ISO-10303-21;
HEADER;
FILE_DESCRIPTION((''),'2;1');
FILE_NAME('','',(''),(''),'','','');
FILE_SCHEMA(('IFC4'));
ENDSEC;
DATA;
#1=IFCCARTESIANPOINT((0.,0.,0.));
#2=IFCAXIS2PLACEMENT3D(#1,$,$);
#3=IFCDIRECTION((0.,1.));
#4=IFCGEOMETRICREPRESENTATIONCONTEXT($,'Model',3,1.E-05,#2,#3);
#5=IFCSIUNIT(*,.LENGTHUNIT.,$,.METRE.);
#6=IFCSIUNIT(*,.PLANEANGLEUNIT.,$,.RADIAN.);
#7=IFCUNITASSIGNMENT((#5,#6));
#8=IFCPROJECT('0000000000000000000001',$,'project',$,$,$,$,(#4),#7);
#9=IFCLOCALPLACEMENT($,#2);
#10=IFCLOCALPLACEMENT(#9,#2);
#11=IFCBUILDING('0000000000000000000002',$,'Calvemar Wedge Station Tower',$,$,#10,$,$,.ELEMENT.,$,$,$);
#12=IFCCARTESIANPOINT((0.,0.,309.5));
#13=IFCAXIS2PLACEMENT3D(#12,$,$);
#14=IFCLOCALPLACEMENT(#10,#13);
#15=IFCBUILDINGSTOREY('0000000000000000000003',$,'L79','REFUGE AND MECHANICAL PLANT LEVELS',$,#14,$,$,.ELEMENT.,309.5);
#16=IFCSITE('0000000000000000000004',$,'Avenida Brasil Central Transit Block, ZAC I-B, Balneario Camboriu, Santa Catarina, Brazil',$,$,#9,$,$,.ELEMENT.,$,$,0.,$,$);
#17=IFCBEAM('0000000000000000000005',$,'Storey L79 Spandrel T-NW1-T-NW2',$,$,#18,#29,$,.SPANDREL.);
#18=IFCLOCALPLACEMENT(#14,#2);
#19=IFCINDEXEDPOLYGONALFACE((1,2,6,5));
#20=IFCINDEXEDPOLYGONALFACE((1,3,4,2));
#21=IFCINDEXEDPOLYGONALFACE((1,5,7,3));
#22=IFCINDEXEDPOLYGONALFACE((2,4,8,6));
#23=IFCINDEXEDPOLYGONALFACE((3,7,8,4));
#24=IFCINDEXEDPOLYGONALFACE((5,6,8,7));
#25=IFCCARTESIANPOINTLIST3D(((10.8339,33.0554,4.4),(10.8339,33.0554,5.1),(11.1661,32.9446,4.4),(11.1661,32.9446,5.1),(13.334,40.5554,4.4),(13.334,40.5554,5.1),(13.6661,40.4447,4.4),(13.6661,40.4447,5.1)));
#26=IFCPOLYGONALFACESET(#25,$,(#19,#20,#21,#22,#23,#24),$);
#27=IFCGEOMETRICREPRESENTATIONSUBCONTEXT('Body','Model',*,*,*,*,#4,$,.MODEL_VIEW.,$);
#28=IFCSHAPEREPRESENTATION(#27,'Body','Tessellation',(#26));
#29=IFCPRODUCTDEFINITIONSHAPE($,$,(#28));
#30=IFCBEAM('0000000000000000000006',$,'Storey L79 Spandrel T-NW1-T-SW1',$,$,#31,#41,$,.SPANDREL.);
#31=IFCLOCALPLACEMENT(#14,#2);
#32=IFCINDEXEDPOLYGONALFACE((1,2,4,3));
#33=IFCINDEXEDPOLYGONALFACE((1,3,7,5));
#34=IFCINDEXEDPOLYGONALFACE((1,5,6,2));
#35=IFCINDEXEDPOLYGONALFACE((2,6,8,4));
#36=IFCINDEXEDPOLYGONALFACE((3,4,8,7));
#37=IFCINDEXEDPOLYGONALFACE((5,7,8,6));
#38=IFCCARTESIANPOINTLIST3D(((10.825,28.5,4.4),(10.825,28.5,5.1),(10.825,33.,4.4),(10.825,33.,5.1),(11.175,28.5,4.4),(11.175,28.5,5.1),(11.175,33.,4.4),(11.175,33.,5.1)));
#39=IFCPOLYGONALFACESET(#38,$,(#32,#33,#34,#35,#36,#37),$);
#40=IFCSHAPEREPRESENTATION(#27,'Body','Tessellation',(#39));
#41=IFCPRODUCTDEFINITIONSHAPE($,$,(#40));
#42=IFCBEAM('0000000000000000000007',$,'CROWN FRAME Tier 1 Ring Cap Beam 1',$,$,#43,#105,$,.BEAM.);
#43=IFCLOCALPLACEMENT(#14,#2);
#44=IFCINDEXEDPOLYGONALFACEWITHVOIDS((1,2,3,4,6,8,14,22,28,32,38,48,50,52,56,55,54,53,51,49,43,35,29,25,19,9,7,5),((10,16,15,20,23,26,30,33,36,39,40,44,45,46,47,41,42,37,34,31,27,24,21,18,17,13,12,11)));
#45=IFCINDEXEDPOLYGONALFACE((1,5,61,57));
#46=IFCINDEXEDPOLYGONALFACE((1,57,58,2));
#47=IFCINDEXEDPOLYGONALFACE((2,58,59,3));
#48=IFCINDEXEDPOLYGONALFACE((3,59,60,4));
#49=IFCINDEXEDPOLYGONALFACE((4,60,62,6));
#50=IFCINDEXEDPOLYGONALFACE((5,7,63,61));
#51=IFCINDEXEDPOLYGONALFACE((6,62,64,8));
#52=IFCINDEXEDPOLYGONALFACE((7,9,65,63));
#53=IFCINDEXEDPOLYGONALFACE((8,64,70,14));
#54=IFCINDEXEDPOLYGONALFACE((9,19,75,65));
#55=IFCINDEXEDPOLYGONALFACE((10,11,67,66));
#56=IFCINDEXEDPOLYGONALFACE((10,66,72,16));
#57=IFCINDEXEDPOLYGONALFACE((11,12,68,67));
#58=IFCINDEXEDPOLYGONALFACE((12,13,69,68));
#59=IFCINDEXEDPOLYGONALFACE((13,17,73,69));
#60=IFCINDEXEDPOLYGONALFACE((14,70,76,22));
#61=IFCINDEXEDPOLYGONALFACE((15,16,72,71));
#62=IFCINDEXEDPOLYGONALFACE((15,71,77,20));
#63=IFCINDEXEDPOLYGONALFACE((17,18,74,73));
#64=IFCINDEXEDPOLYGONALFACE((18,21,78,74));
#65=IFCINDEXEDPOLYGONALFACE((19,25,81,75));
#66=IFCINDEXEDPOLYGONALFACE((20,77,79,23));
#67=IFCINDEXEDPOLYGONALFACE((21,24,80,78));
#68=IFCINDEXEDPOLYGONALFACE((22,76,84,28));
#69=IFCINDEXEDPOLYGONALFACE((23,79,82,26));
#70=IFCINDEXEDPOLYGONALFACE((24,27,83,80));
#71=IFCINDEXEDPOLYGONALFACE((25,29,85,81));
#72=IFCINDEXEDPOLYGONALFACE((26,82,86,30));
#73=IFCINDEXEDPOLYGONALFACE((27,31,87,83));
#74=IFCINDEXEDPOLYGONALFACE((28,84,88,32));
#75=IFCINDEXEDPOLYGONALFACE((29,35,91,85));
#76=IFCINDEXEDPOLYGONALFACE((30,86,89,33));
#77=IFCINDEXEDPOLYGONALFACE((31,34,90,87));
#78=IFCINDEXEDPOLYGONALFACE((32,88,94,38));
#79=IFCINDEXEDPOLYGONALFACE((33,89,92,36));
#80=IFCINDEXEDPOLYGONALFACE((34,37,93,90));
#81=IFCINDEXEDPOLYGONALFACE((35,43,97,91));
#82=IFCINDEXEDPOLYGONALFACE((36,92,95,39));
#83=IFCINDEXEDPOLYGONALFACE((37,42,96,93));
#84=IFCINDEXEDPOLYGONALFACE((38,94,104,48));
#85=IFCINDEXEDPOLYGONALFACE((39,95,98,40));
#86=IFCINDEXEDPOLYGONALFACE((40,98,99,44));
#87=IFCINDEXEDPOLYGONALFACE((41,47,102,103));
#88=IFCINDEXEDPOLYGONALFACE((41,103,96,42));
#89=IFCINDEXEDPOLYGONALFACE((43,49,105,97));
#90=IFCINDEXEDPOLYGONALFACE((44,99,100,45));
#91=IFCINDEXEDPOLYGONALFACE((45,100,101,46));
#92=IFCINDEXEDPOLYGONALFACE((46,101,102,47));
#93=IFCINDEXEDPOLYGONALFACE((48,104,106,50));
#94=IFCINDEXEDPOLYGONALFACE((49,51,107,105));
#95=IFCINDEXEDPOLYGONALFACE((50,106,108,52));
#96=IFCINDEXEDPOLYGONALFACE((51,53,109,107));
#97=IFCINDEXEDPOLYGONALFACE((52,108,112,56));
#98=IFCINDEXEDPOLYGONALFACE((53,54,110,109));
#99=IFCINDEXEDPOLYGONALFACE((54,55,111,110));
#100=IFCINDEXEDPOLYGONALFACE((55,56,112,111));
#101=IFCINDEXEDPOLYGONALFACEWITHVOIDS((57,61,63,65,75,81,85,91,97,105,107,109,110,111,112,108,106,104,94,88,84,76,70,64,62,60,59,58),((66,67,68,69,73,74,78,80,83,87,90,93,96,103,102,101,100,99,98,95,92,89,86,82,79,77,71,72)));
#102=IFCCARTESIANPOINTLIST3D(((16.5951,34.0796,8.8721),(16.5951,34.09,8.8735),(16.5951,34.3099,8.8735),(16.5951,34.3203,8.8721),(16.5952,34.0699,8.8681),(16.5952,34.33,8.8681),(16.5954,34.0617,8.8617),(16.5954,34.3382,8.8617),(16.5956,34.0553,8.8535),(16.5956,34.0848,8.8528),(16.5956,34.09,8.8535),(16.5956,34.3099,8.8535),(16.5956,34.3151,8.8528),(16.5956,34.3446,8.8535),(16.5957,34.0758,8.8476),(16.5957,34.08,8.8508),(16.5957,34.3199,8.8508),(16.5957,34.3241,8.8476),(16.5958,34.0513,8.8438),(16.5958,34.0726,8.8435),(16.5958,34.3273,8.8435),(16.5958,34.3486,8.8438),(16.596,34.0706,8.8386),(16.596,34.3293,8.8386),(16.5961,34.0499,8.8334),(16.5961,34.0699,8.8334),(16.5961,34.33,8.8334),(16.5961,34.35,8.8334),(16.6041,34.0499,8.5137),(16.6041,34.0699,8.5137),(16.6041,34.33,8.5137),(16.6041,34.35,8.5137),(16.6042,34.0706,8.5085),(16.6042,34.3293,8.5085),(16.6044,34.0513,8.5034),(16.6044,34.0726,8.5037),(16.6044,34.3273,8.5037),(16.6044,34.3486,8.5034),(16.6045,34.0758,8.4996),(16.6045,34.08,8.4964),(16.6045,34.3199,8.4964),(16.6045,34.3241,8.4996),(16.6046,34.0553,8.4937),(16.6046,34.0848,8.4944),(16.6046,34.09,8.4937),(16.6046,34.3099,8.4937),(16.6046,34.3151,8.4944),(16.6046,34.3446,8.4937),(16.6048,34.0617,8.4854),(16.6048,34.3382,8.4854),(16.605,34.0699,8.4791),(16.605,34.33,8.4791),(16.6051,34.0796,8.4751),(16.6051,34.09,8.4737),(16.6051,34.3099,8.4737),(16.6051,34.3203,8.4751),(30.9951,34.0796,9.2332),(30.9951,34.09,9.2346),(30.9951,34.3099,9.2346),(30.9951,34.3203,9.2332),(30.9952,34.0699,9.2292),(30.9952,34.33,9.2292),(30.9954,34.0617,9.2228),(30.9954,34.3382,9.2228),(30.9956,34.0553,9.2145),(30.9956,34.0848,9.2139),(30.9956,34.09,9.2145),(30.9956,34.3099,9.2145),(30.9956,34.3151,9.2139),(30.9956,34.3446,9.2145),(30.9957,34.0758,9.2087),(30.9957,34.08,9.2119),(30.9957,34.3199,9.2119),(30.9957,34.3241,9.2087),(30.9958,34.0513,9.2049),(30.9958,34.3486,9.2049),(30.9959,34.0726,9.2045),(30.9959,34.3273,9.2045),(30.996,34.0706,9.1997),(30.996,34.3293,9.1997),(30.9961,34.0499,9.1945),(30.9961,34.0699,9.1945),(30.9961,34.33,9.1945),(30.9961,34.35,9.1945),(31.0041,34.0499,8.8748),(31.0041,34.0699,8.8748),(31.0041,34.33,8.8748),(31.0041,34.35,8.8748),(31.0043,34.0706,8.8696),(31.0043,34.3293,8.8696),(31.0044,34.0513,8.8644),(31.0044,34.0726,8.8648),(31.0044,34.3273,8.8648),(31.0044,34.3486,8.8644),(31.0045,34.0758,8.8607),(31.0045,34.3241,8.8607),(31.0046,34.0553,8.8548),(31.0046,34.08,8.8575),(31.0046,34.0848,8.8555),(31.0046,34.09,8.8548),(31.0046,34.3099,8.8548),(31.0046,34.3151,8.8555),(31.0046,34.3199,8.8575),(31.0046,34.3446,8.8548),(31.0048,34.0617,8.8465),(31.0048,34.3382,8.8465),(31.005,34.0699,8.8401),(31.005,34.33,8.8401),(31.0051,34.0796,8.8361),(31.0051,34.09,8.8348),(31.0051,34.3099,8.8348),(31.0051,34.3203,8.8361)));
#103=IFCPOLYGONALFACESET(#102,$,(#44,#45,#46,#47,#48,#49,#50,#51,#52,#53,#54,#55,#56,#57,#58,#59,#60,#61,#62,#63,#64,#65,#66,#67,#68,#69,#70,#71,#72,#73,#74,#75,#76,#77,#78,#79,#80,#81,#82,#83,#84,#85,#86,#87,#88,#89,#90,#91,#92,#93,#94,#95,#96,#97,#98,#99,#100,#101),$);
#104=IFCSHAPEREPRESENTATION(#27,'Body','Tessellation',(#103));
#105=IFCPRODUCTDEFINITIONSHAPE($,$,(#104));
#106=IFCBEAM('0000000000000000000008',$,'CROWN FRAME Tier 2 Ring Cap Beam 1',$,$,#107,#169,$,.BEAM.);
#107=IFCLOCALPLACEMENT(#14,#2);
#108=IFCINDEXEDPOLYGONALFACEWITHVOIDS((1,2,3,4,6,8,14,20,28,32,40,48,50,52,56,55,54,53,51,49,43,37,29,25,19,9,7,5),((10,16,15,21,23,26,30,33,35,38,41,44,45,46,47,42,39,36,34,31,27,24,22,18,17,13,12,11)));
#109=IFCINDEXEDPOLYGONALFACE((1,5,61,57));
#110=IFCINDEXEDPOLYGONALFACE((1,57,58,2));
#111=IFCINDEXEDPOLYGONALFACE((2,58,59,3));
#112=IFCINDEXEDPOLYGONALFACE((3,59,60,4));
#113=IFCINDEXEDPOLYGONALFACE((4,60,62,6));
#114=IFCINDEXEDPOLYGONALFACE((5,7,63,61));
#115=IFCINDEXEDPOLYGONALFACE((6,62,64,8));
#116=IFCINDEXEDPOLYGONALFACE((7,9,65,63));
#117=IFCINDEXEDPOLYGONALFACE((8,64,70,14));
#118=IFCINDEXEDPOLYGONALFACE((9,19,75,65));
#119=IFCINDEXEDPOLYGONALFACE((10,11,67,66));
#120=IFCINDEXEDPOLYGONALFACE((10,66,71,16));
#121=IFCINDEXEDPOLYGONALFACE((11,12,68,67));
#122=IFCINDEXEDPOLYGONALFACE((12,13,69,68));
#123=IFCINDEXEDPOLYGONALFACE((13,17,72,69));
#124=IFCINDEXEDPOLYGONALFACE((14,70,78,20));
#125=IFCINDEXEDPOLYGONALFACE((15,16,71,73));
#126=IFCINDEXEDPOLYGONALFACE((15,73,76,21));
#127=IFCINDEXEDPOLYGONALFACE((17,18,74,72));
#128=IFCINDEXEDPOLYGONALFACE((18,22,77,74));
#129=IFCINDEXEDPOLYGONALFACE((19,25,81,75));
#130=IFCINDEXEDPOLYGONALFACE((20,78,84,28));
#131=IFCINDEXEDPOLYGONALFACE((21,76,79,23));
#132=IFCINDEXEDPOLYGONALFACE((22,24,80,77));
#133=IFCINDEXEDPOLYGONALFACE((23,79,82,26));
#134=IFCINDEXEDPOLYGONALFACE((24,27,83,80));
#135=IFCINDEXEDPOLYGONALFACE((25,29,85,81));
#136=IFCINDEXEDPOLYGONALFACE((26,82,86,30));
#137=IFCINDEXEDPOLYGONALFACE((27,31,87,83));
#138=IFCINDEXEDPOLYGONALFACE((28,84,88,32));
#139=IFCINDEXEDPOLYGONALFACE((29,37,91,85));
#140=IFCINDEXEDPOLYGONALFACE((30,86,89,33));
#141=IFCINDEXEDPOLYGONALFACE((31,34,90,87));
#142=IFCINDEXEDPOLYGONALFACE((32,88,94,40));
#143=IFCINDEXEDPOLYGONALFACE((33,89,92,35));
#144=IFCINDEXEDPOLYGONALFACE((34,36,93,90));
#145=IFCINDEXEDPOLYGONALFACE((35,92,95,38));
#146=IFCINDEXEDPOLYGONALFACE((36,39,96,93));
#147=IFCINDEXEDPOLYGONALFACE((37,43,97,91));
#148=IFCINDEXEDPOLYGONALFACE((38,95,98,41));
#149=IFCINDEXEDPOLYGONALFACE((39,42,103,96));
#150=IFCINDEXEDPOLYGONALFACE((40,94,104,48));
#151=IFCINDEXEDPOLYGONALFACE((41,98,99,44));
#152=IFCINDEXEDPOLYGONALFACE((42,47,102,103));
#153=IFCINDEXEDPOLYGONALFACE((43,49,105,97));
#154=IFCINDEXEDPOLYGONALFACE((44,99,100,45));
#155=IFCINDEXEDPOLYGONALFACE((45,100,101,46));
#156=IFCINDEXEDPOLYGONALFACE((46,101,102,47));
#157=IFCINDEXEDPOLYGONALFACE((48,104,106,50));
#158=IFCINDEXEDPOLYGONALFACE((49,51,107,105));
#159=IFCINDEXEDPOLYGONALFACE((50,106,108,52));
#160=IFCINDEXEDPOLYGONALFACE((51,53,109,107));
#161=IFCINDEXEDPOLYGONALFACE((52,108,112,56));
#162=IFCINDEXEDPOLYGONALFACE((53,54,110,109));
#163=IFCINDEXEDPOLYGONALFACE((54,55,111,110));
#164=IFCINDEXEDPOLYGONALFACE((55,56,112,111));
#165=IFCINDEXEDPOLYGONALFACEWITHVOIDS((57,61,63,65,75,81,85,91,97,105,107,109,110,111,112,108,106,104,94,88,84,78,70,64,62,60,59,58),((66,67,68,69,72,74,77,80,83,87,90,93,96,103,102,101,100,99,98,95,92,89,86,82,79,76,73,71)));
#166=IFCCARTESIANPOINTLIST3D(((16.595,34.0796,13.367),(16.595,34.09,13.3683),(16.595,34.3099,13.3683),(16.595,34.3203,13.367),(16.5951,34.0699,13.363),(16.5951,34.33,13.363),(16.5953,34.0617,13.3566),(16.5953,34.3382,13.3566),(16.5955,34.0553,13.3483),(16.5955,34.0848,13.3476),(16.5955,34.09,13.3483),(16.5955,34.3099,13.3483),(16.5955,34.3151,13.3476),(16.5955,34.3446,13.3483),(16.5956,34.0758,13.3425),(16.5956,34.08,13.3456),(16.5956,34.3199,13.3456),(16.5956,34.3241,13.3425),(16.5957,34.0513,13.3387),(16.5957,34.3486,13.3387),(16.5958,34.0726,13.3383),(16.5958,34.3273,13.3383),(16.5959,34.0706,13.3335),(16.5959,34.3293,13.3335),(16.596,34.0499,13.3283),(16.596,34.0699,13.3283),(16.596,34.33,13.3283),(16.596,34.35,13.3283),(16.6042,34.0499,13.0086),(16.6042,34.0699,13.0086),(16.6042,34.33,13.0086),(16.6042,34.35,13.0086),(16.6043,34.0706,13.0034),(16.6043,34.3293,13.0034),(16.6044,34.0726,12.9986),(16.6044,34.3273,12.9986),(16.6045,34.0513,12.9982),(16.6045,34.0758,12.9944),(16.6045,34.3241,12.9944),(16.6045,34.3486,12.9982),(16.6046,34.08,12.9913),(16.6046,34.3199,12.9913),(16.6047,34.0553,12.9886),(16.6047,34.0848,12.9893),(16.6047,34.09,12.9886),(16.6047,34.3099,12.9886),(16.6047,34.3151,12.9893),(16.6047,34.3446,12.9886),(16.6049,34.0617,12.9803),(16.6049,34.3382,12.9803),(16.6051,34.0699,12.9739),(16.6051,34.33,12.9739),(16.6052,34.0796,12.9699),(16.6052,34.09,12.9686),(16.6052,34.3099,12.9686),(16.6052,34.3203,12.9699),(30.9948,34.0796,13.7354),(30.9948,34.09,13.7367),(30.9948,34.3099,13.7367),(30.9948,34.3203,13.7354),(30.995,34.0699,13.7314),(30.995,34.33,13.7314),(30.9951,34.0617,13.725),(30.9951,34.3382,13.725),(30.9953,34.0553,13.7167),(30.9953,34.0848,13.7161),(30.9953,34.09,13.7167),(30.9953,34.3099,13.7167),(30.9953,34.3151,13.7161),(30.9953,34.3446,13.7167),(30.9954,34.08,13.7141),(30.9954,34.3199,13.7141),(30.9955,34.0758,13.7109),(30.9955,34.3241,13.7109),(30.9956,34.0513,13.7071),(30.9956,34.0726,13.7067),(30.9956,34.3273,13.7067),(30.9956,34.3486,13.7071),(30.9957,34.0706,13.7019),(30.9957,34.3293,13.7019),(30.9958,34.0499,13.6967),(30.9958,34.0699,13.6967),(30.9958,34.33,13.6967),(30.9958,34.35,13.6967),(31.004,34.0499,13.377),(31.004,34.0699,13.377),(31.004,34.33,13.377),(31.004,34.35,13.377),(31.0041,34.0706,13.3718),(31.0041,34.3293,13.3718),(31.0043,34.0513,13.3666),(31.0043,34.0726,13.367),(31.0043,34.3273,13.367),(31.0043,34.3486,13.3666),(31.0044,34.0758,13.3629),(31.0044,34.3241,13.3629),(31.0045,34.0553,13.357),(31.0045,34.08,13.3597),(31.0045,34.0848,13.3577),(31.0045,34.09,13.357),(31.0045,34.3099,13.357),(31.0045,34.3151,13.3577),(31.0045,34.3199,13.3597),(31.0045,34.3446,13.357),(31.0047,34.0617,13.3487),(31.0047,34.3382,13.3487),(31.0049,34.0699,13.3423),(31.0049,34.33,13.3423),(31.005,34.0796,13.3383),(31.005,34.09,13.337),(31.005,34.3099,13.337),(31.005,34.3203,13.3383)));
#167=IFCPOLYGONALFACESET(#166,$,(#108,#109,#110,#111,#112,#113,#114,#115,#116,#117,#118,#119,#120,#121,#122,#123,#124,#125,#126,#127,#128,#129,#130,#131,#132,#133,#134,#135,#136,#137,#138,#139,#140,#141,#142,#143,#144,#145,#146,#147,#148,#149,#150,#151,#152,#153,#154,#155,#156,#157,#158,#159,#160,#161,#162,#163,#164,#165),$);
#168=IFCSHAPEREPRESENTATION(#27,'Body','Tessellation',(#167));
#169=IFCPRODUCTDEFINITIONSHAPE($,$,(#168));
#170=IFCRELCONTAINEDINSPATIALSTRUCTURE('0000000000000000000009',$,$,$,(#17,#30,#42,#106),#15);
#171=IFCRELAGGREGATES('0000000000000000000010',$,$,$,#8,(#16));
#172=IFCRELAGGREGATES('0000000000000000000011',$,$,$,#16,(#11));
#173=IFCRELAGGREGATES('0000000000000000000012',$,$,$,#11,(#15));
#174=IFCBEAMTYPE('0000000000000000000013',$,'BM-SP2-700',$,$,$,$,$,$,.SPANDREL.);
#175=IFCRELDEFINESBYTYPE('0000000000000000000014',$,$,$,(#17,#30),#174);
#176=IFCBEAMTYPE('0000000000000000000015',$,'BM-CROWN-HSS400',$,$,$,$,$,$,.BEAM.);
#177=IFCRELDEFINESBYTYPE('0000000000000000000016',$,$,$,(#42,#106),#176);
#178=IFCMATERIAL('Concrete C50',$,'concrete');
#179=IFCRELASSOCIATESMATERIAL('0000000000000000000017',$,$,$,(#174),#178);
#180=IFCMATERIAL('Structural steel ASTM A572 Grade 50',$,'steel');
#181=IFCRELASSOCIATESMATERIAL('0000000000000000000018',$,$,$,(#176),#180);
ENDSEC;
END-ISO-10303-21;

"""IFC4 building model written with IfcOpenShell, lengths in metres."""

from ifc_helpers import new_model, si_unit, direction, frame, origin, origin_2d, place, context, subcontext, project, spatial, rectangle, hollow_rectangle, extrude, source, transform, mapped, material, material_profile, profile_set, type_object, element, save


model = new_model("IFC4")

# Units and contexts
model_context = context("Model", 3, precision=1e-05, world=origin(), true_north=direction((0.0, 1.0)))
body_context = subcontext(model_context, "Body", "Model", "MODEL_VIEW")
ifc_project = project(units=[si_unit("LENGTHUNIT", "METRE"), si_unit("PLANEANGLEUNIT", "RADIAN")], contexts=[model_context])

# Site, building, storey
site_placement = place(None, origin())
site = spatial("IfcSite", under=ifc_project, at=site_placement, Name="Avenida Brasil Central Transit Block, ZAC I-B, Balneario Camboriu, Santa Catarina, Brazil", CompositionType="ELEMENT", RefElevation=0.0)
building_placement = place(site_placement, origin())
building = spatial("IfcBuilding", under=site, at=building_placement, Name="Calvemar Wedge Station Tower", CompositionType="ELEMENT")
storey_placement = place(building_placement, frame((0.0, 0.0, 309.5)))
storey = spatial("IfcBuildingStorey", under=building, at=storey_placement, Name="L79", Description="REFUGE AND MECHANICAL PLANT LEVELS", CompositionType="ELEMENT", Elevation=309.5)

# Shared definitions
ifc_material_1 = material(Name="Concrete C50", Category="concrete")
ifc_material_2 = material(Name="Structural steel ASTM A572 Grade 50", Category="steel")

# Beams
ifc_material_profile_1 = material_profile(ifc_material_1, rectangle(XDim=0.3501, YDim=0.7, at=origin_2d()), Name="RC350x700")
ifc_profile_set_1 = profile_set([ifc_material_profile_1], Name="Concrete C50")
beam_type_1 = type_object("IfcBeamType", Name="BM-SP2-700", PredefinedType="SPANDREL", material=ifc_profile_set_1)
shared_shape_1 = source(origin(), body_context, "Body", "SweptSolid", [
    extrude(rectangle(XDim=0.3501, YDim=0.7, at=origin_2d()), origin(), (0.0, 0.0, 1.0), 7.9058),
])
beam_1_placement = place(storey_placement, frame((11.0, 33.0, 4.75), z_axis=(0.316228, 0.948683, 0.0), x_axis=(-0.948683, 0.316228, 0.0)))
element("IfcBeam", 1, at=beam_1_placement, inside=storey, type_object=beam_type_1, Name="Storey L79 Spandrel T-NW1-T-NW2", PredefinedType="SPANDREL", context=body_context, shape_type="MappedRepresentation", body=[
    mapped(shared_shape_1, transform((0.0, 0.0, 0.0), scale=1.0)),
])
shared_shape_2 = source(origin(), body_context, "Body", "SweptSolid", [
    extrude(rectangle(XDim=0.3501, YDim=0.7, at=origin_2d()), origin(), (0.0, 0.0, 1.0), 4.5),
])
beam_2_placement = place(storey_placement, frame((11.0, 33.0, 4.75), z_axis=(0.0, -1.0, 0.0), x_axis=(1.0, 0.0, 0.0)))
element("IfcBeam", 2, at=beam_2_placement, inside=storey, type_object=beam_type_1, Name="Storey L79 Spandrel T-NW1-T-SW1", PredefinedType="SPANDREL", context=body_context, shape_type="MappedRepresentation", body=[
    mapped(shared_shape_2, transform((0.0, 0.0, 0.0), scale=1.0)),
])
ifc_material_profile_2 = material_profile(ifc_material_2, hollow_rectangle(XDim=0.3, YDim=0.3999, WallThickness=0.02, InnerFilletRadius=0.02, OuterFilletRadius=0.04, at=origin_2d()), Name="HSS400x300x20")
ifc_profile_set_2 = profile_set([ifc_material_profile_2], Name="Structural steel ASTM A572 Grade 50")
beam_type_2 = type_object("IfcBeamType", Name="BM-CROWN-HSS400", PredefinedType="BEAM", material=ifc_profile_set_2)
shared_shape_3 = source(origin(), body_context, "Body", "SweptSolid", [
    extrude(hollow_rectangle(XDim=0.3, YDim=0.3999, WallThickness=0.02, InnerFilletRadius=0.02, OuterFilletRadius=0.04, at=origin_2d()), origin(), (0.0, 0.0, 1.0), 14.4045),
])
for number, where, z_axis, x_axis, name in (
    (3, (16.6001, 34.2, 8.6736), (0.999686, 0.0, 0.025068), (0.0, 1.0, 0.0), "CROWN FRAME Tier 1 Ring Cap Beam 1"),
    (4, (16.6001, 34.2, 13.1685), (0.999673, 0.0, 0.025576), (0.0, 1.0, 0.0), "CROWN FRAME Tier 2 Ring Cap Beam 1"),
):
    element("IfcBeam", number, at=place(storey_placement, frame(where, z_axis=z_axis, x_axis=x_axis)), inside=storey, type_object=beam_type_2, Name=name, PredefinedType="BEAM", context=body_context, shape_type="MappedRepresentation", body=[
        mapped(shared_shape_3, transform((0.0, 0.0, 0.0), scale=1.0)),
    ])

save(model, "model.ifc")
